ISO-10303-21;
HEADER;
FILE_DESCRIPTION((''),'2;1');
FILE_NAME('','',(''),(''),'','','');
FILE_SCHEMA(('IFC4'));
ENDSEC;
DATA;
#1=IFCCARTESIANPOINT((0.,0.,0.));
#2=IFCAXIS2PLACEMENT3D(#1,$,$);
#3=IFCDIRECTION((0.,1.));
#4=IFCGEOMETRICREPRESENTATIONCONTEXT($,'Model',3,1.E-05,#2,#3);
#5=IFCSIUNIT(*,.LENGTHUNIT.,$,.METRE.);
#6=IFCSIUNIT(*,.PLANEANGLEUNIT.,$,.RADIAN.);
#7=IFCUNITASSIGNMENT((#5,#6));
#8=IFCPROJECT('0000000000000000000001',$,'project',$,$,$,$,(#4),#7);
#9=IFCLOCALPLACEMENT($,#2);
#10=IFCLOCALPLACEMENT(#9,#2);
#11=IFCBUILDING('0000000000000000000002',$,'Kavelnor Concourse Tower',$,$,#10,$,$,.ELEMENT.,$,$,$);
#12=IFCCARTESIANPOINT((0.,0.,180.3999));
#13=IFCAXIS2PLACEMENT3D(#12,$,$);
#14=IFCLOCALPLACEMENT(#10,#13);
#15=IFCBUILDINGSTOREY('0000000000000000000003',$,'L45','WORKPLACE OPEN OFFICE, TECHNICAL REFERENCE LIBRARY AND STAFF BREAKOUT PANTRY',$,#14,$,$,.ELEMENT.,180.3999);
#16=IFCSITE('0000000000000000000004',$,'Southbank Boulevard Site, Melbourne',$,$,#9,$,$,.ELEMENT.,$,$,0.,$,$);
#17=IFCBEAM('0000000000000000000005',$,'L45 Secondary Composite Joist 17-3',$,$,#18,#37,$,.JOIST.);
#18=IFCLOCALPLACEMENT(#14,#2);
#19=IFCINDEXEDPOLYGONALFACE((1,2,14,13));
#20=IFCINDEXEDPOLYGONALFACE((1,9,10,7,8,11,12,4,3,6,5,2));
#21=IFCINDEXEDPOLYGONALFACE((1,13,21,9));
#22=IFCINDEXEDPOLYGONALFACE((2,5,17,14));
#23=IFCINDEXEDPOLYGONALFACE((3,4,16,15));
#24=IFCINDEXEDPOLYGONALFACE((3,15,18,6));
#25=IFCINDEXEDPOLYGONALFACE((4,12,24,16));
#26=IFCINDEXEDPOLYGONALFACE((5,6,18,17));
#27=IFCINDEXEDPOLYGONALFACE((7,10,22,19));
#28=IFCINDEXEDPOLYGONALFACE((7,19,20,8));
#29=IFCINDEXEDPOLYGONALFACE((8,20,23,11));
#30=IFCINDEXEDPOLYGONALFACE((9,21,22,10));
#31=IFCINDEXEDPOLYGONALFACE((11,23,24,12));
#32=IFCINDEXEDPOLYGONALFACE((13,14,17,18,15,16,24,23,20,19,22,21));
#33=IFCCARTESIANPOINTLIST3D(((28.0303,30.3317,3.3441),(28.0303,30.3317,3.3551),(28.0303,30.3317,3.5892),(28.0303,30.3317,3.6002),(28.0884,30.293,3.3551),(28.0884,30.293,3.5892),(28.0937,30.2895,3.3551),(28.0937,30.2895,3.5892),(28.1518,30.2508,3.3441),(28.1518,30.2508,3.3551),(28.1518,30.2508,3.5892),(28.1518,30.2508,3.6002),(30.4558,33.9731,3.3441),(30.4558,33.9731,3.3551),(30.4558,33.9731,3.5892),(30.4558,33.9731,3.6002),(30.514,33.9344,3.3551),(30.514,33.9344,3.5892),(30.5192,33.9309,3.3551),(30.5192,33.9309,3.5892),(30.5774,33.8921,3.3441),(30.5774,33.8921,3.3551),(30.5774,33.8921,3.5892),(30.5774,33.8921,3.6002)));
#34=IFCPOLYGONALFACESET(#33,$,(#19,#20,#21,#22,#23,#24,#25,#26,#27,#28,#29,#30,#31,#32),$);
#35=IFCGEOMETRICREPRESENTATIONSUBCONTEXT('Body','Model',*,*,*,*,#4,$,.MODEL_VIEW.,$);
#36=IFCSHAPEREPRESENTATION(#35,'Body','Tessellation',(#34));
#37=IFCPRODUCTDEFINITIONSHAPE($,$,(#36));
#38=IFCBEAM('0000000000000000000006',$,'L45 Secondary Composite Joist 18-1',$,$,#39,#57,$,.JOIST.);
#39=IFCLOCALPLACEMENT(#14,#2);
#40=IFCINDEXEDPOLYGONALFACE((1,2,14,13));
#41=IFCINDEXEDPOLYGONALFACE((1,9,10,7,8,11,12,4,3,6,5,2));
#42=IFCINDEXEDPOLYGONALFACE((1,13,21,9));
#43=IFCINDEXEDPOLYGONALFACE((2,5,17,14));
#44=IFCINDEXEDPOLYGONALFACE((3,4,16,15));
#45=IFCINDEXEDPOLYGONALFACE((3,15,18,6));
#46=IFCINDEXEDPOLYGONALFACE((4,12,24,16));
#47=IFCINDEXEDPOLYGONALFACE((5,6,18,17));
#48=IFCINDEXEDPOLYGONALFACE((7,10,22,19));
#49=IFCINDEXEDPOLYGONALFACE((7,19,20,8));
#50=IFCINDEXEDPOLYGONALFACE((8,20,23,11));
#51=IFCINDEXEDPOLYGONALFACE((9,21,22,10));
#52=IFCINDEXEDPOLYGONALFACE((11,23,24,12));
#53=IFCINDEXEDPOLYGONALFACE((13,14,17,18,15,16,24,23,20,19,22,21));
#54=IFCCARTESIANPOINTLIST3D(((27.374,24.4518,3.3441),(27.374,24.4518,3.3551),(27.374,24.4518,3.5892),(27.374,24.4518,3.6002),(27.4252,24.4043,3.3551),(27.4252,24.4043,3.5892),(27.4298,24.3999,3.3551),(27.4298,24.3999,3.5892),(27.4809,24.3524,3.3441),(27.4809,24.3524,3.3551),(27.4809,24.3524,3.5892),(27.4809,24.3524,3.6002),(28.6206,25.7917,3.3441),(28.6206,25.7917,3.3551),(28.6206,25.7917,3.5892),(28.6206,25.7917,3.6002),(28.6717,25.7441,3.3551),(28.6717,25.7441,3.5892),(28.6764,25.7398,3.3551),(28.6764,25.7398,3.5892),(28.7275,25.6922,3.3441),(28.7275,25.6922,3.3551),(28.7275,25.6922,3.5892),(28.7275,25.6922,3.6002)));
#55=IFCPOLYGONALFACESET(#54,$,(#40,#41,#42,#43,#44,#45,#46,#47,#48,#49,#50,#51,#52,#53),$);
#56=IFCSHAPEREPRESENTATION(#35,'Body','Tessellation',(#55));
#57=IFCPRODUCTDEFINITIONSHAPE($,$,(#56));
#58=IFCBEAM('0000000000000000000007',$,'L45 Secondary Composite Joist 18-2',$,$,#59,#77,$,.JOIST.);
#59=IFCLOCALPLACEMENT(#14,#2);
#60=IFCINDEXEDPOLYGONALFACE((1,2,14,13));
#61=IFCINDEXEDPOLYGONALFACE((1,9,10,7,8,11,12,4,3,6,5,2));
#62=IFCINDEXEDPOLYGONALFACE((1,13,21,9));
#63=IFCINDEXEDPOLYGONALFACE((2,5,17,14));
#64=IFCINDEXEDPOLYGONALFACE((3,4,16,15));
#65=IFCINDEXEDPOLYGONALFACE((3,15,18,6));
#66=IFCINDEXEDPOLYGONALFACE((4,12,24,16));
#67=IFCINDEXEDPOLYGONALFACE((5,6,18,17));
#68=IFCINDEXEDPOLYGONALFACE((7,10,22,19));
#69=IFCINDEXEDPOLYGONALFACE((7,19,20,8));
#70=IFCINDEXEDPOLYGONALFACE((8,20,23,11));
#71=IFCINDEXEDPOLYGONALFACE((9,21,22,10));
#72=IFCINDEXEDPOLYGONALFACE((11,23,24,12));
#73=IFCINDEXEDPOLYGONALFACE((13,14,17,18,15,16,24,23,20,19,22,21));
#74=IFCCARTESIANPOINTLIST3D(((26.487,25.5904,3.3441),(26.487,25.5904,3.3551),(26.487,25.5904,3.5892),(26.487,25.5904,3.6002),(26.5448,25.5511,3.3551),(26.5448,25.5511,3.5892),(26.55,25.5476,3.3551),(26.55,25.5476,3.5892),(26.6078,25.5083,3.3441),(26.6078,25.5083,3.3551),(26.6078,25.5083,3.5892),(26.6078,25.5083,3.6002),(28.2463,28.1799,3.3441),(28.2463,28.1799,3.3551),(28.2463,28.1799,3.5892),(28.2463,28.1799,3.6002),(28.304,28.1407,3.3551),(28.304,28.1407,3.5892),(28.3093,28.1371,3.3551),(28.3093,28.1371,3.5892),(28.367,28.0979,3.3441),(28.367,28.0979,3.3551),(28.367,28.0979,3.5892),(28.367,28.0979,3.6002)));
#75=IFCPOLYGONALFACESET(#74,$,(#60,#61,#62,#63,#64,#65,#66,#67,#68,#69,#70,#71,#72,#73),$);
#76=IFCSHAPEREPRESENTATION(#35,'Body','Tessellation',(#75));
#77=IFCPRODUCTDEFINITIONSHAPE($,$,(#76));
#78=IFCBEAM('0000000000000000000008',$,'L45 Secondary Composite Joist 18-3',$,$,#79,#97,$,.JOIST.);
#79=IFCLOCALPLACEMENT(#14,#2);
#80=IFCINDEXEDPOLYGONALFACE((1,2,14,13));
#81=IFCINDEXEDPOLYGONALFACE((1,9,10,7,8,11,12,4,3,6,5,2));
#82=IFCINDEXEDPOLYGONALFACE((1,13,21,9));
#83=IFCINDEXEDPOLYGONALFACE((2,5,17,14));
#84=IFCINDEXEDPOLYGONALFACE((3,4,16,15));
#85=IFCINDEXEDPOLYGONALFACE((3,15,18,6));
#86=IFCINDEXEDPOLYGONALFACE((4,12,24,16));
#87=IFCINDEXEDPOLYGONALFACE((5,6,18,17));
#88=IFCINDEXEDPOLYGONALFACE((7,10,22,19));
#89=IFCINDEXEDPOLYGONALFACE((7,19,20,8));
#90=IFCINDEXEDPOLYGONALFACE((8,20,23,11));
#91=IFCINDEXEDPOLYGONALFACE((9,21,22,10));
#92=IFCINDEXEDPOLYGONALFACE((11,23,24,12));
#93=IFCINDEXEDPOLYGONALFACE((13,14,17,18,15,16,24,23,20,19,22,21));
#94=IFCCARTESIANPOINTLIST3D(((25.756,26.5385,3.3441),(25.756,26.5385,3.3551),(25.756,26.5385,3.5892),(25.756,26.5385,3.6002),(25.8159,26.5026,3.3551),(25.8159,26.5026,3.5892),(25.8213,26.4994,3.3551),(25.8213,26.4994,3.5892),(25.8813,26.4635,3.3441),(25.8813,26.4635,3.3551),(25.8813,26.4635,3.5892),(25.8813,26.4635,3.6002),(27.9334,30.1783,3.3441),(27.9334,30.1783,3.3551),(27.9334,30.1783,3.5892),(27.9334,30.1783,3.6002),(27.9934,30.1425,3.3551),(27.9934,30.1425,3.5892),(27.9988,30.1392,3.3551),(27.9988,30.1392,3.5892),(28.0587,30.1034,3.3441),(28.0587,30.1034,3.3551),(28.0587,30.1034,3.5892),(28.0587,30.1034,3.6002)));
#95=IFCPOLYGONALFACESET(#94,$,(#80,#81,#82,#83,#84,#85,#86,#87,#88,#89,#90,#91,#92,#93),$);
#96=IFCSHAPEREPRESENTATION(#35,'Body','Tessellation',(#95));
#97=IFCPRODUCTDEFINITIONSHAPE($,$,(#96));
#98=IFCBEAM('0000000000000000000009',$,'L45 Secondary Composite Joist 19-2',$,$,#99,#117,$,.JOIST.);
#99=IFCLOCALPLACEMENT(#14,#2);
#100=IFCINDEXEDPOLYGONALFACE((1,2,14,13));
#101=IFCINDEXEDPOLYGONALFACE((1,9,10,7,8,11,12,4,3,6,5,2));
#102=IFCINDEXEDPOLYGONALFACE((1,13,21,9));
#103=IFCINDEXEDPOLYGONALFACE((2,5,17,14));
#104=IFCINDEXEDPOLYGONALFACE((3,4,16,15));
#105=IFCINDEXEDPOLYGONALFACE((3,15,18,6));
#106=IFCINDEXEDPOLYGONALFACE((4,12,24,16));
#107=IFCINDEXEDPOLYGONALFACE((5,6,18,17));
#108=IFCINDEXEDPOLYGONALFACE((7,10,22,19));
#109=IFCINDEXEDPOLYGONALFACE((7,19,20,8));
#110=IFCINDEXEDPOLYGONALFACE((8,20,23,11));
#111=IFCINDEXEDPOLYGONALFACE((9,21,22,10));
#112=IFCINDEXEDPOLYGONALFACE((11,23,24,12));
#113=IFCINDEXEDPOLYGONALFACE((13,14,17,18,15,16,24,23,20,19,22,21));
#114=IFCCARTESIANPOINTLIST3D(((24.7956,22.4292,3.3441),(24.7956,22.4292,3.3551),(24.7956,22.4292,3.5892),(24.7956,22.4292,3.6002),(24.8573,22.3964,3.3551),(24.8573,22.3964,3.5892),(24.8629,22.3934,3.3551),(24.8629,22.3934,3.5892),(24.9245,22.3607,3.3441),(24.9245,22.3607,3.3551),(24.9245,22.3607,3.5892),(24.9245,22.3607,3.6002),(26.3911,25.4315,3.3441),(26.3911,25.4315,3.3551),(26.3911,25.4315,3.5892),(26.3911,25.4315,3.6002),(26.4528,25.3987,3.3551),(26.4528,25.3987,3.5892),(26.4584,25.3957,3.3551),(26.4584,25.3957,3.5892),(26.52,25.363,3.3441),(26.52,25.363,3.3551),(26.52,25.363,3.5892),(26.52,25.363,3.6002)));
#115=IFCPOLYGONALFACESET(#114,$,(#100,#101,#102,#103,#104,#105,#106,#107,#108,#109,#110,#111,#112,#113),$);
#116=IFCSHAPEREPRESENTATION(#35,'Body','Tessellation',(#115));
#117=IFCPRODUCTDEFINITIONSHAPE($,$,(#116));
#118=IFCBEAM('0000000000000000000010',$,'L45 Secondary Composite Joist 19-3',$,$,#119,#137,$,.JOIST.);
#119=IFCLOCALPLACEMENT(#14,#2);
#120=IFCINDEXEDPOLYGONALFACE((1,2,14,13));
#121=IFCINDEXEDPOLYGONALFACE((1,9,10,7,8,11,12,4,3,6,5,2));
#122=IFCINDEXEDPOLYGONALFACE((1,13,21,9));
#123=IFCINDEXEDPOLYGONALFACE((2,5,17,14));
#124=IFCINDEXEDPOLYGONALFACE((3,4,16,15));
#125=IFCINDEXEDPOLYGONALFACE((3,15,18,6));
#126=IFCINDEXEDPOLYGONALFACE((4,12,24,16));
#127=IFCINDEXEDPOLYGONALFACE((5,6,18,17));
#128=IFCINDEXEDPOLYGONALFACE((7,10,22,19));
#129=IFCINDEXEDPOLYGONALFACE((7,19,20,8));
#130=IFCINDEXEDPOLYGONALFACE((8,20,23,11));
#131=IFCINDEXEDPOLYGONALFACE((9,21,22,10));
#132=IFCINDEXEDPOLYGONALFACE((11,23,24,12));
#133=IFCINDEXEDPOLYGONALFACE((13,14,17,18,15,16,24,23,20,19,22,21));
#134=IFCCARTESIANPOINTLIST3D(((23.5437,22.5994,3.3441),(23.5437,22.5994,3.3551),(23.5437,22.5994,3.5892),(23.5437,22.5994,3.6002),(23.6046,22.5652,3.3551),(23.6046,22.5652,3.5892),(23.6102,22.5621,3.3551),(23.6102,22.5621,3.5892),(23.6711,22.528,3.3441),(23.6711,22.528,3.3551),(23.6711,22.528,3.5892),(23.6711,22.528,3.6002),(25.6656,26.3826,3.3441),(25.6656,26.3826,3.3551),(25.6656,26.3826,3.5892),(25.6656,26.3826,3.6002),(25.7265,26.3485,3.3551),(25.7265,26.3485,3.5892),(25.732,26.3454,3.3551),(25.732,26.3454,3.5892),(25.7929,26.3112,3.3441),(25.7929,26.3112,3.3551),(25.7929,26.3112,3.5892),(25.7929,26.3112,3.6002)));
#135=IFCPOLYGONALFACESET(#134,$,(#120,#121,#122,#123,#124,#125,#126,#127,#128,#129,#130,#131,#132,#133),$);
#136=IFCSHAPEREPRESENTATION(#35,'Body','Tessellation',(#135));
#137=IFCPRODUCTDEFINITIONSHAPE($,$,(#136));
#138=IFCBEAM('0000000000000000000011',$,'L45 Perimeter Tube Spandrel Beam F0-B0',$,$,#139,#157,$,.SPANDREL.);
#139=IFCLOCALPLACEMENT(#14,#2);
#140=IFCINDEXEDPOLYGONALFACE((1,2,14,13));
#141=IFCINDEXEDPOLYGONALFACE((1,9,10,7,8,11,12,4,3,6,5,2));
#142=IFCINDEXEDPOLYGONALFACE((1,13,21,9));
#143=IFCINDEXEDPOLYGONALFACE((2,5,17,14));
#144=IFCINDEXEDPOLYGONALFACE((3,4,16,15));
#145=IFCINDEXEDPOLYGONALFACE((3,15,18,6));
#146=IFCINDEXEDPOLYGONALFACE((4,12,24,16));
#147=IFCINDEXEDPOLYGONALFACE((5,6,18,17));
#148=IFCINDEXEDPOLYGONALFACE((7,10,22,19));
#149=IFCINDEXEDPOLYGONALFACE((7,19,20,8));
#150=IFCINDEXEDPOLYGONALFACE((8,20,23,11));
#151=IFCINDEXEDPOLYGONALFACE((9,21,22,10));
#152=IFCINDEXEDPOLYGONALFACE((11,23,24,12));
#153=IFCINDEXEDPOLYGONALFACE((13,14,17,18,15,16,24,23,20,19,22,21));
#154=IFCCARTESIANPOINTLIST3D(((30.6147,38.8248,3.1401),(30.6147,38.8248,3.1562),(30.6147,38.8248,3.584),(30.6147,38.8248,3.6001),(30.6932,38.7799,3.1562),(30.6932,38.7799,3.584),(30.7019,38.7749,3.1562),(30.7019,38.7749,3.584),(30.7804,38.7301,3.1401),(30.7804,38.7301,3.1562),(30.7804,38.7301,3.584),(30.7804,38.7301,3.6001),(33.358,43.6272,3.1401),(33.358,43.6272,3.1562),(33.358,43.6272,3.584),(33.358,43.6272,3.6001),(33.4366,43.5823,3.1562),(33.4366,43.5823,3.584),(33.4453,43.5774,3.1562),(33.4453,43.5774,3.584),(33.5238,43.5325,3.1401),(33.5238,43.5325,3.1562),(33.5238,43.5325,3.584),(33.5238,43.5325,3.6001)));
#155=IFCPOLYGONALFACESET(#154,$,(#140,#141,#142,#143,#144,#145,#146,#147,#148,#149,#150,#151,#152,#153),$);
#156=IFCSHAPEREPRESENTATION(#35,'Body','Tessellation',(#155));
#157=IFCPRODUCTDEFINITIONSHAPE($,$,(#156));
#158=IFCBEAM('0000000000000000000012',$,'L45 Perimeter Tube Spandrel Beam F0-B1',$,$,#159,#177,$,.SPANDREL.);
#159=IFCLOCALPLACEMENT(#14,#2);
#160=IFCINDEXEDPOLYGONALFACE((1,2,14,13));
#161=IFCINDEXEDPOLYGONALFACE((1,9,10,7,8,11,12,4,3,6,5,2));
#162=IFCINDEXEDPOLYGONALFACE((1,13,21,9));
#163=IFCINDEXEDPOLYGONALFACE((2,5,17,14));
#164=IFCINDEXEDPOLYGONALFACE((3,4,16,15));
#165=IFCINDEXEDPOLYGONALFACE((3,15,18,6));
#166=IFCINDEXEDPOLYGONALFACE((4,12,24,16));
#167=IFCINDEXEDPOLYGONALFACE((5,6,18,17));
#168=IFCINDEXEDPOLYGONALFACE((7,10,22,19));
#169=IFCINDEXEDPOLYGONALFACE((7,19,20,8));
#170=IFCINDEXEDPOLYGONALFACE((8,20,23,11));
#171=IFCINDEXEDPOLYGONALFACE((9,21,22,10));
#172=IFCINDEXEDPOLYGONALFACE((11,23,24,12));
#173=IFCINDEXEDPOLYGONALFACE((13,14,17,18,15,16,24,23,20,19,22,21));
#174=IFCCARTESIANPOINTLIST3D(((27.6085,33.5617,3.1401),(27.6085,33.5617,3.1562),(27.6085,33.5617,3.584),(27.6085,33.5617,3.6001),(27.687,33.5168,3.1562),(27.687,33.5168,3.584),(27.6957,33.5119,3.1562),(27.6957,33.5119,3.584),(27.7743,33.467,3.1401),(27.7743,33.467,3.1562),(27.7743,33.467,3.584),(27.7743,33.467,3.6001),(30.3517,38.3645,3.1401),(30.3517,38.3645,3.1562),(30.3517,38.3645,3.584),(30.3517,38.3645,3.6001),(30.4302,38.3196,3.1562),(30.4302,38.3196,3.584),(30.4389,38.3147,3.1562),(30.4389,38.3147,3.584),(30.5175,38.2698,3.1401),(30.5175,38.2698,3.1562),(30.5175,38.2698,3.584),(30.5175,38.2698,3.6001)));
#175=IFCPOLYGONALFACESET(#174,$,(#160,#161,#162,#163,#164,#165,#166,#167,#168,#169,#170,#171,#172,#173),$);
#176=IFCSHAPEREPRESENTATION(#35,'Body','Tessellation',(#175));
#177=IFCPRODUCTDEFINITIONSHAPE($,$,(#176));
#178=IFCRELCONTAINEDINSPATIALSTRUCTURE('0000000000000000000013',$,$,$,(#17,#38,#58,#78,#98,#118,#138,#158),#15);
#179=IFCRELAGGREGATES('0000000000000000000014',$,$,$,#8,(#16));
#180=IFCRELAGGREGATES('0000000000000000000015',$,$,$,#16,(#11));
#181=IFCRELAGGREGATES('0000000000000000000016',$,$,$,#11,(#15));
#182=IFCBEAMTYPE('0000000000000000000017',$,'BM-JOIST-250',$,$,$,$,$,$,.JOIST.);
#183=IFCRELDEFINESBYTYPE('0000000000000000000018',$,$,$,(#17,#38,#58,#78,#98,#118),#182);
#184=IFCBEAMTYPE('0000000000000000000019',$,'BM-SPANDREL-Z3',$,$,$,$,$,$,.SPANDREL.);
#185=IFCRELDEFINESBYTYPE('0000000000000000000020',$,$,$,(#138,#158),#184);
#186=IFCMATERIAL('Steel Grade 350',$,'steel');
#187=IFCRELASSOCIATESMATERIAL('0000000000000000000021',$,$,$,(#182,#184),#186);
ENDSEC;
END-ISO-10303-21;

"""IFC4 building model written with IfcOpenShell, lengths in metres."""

from ifc_helpers import new_model, si_unit, direction, frame, origin, origin_2d, place, context, subcontext, project, spatial, i_section, extrude, material, material_profile, profile_set, type_object, element, save


model = new_model("IFC4")

# Units and contexts
model_context = context("Model", 3, precision=1e-05, world=origin(), true_north=direction((0.0, 1.0)))
body_context = subcontext(model_context, "Body", "Model", "MODEL_VIEW")
ifc_project = project(units=[si_unit("LENGTHUNIT", "METRE"), si_unit("PLANEANGLEUNIT", "RADIAN")], contexts=[model_context])

# Site, building, storey
site_placement = place(None, origin())
site = spatial("IfcSite", under=ifc_project, at=site_placement, Name="Southbank Boulevard Site, Melbourne", CompositionType="ELEMENT", RefElevation=0.0)
building_placement = place(site_placement, origin())
building = spatial("IfcBuilding", under=site, at=building_placement, Name="Kavelnor Concourse Tower", CompositionType="ELEMENT")
storey_placement = place(building_placement, frame((0.0, 0.0, 180.3999)))
storey = spatial("IfcBuildingStorey", under=building, at=storey_placement, Name="L45", Description="WORKPLACE OPEN OFFICE, TECHNICAL REFERENCE LIBRARY AND STAFF BREAKOUT PANTRY", CompositionType="ELEMENT", Elevation=180.3999)

# Shared definitions
ifc_material_1 = material(Name="Steel Grade 350", Category="steel")

# Beams
ifc_material_profile_1 = material_profile(ifc_material_1, i_section(OverallWidth=0.146, OverallDepth=0.2561, WebThickness=0.0063, FlangeThickness=0.011, at=origin_2d()), Name="250UB37")
ifc_profile_set_1 = profile_set([ifc_material_profile_1], Name="Steel Grade 350")
beam_type_1 = type_object("IfcBeamType", Name="BM-JOIST-250", PredefinedType="JOIST", material=ifc_profile_set_1)
beam_1_placement = place(storey_placement, frame((30.5166, 33.9326, 3.4722), z_axis=(-0.554378, -0.832265, 0.0), x_axis=(0.832265, -0.554378, 0.0)))
element("IfcBeam", 1, at=beam_1_placement, inside=storey, type_object=beam_type_1, Name="L45 Secondary Composite Joist 17-3", PredefinedType="JOIST", context=body_context, shape_type="SweptSolid", body=[
    extrude(i_section(OverallWidth=0.146, OverallDepth=0.2561, WebThickness=0.0063, FlangeThickness=0.011, at=origin_2d()), origin(), (0.0, 0.0, 1.0), 4.3752),
])
beam_2_placement = place(storey_placement, frame((28.6741, 25.7419, 3.4722), z_axis=(-0.681167, -0.732128, 0.0), x_axis=(0.732128, -0.681167, 0.0)))
element("IfcBeam", 2, at=beam_2_placement, inside=storey, type_object=beam_type_1, Name="L45 Secondary Composite Joist 18-1", PredefinedType="JOIST", context=body_context, shape_type="SweptSolid", body=[
    extrude(i_section(OverallWidth=0.146, OverallDepth=0.2561, WebThickness=0.0063, FlangeThickness=0.011, at=origin_2d()), origin(), (0.0, 0.0, 1.0), 1.8301),
])
beam_3_placement = place(storey_placement, frame((28.3066, 28.1389, 3.4722), z_axis=(-0.561949, -0.827172, 0.0), x_axis=(0.827172, -0.561949, 0.0)))
element("IfcBeam", 3, at=beam_3_placement, inside=storey, type_object=beam_type_1, Name="L45 Secondary Composite Joist 18-2", PredefinedType="JOIST", context=body_context, shape_type="SweptSolid", body=[
    extrude(i_section(OverallWidth=0.146, OverallDepth=0.2561, WebThickness=0.0063, FlangeThickness=0.011, at=origin_2d()), origin(), (0.0, 0.0, 1.0), 3.1306),
])
beam_4_placement = place(storey_placement, frame((27.9961, 30.1409, 3.4722), z_axis=(-0.513378, -0.858163, 0.0), x_axis=(0.858163, -0.513378, 0.0)))
element("IfcBeam", 4, at=beam_4_placement, inside=storey, type_object=beam_type_1, Name="L45 Secondary Composite Joist 18-3", PredefinedType="JOIST", context=body_context, shape_type="SweptSolid", body=[
    extrude(i_section(OverallWidth=0.146, OverallDepth=0.2561, WebThickness=0.0063, FlangeThickness=0.011, at=origin_2d()), origin(), (0.0, 0.0, 1.0), 4.2415),
])
beam_5_placement = place(storey_placement, frame((26.4556, 25.3972, 3.4722), z_axis=(-0.469279, -0.88305, 0.0), x_axis=(0.88305, -0.469279, 0.0)))
element("IfcBeam", 5, at=beam_5_placement, inside=storey, type_object=beam_type_1, Name="L45 Secondary Composite Joist 19-2", PredefinedType="JOIST", context=body_context, shape_type="SweptSolid", body=[
    extrude(i_section(OverallWidth=0.146, OverallDepth=0.2561, WebThickness=0.0063, FlangeThickness=0.011, at=origin_2d()), origin(), (0.0, 0.0, 1.0), 3.3999),
])
beam_6_placement = place(storey_placement, frame((25.7292, 26.3469, 3.4722), z_axis=(-0.489171, -0.872188, 0.0), x_axis=(0.872188, -0.489171, 0.0)))
element("IfcBeam", 6, at=beam_6_placement, inside=storey, type_object=beam_type_1, Name="L45 Secondary Composite Joist 19-3", PredefinedType="JOIST", context=body_context, shape_type="SweptSolid", body=[
    extrude(i_section(OverallWidth=0.146, OverallDepth=0.2561, WebThickness=0.0063, FlangeThickness=0.011, at=origin_2d()), origin(), (0.0, 0.0, 1.0), 4.3376),
])
ifc_material_profile_2 = material_profile(ifc_material_1, i_section(OverallWidth=0.1909, OverallDepth=0.46, WebThickness=0.01, FlangeThickness=0.0161, at=origin_2d()), Name="460UB82")
ifc_profile_set_2 = profile_set([ifc_material_profile_2], Name="Steel Grade 350")
beam_type_2 = type_object("IfcBeamType", Name="BM-SPANDREL-Z3", PredefinedType="SPANDREL", material=ifc_profile_set_2)
beam_7_placement = place(storey_placement, frame((33.4409, 43.5798, 3.3701), z_axis=(-0.49602, -0.868311, 0.0), x_axis=(0.868311, -0.49602, 0.0)))
element("IfcBeam", 7, at=beam_7_placement, inside=storey, type_object=beam_type_2, Name="L45 Perimeter Tube Spandrel Beam F0-B0", PredefinedType="SPANDREL", context=body_context, shape_type="SweptSolid", body=[
    extrude(i_section(OverallWidth=0.1909, OverallDepth=0.46, WebThickness=0.01, FlangeThickness=0.0161, at=origin_2d()), origin(), (0.0, 0.0, 1.0), 5.5308),
])
beam_8_placement = place(storey_placement, frame((30.4346, 38.3171, 3.3701), z_axis=(-0.495968, -0.868341, 0.0), x_axis=(0.868341, -0.495968, 0.0)))
element("IfcBeam", 8, at=beam_8_placement, inside=storey, type_object=beam_type_2, Name="L45 Perimeter Tube Spandrel Beam F0-B1", PredefinedType="SPANDREL", context=body_context, shape_type="SweptSolid", body=[
    extrude(i_section(OverallWidth=0.1909, OverallDepth=0.46, WebThickness=0.01, FlangeThickness=0.0161, at=origin_2d()), origin(), (0.0, 0.0, 1.0), 5.531),
])

save(model, "model.ifc")
